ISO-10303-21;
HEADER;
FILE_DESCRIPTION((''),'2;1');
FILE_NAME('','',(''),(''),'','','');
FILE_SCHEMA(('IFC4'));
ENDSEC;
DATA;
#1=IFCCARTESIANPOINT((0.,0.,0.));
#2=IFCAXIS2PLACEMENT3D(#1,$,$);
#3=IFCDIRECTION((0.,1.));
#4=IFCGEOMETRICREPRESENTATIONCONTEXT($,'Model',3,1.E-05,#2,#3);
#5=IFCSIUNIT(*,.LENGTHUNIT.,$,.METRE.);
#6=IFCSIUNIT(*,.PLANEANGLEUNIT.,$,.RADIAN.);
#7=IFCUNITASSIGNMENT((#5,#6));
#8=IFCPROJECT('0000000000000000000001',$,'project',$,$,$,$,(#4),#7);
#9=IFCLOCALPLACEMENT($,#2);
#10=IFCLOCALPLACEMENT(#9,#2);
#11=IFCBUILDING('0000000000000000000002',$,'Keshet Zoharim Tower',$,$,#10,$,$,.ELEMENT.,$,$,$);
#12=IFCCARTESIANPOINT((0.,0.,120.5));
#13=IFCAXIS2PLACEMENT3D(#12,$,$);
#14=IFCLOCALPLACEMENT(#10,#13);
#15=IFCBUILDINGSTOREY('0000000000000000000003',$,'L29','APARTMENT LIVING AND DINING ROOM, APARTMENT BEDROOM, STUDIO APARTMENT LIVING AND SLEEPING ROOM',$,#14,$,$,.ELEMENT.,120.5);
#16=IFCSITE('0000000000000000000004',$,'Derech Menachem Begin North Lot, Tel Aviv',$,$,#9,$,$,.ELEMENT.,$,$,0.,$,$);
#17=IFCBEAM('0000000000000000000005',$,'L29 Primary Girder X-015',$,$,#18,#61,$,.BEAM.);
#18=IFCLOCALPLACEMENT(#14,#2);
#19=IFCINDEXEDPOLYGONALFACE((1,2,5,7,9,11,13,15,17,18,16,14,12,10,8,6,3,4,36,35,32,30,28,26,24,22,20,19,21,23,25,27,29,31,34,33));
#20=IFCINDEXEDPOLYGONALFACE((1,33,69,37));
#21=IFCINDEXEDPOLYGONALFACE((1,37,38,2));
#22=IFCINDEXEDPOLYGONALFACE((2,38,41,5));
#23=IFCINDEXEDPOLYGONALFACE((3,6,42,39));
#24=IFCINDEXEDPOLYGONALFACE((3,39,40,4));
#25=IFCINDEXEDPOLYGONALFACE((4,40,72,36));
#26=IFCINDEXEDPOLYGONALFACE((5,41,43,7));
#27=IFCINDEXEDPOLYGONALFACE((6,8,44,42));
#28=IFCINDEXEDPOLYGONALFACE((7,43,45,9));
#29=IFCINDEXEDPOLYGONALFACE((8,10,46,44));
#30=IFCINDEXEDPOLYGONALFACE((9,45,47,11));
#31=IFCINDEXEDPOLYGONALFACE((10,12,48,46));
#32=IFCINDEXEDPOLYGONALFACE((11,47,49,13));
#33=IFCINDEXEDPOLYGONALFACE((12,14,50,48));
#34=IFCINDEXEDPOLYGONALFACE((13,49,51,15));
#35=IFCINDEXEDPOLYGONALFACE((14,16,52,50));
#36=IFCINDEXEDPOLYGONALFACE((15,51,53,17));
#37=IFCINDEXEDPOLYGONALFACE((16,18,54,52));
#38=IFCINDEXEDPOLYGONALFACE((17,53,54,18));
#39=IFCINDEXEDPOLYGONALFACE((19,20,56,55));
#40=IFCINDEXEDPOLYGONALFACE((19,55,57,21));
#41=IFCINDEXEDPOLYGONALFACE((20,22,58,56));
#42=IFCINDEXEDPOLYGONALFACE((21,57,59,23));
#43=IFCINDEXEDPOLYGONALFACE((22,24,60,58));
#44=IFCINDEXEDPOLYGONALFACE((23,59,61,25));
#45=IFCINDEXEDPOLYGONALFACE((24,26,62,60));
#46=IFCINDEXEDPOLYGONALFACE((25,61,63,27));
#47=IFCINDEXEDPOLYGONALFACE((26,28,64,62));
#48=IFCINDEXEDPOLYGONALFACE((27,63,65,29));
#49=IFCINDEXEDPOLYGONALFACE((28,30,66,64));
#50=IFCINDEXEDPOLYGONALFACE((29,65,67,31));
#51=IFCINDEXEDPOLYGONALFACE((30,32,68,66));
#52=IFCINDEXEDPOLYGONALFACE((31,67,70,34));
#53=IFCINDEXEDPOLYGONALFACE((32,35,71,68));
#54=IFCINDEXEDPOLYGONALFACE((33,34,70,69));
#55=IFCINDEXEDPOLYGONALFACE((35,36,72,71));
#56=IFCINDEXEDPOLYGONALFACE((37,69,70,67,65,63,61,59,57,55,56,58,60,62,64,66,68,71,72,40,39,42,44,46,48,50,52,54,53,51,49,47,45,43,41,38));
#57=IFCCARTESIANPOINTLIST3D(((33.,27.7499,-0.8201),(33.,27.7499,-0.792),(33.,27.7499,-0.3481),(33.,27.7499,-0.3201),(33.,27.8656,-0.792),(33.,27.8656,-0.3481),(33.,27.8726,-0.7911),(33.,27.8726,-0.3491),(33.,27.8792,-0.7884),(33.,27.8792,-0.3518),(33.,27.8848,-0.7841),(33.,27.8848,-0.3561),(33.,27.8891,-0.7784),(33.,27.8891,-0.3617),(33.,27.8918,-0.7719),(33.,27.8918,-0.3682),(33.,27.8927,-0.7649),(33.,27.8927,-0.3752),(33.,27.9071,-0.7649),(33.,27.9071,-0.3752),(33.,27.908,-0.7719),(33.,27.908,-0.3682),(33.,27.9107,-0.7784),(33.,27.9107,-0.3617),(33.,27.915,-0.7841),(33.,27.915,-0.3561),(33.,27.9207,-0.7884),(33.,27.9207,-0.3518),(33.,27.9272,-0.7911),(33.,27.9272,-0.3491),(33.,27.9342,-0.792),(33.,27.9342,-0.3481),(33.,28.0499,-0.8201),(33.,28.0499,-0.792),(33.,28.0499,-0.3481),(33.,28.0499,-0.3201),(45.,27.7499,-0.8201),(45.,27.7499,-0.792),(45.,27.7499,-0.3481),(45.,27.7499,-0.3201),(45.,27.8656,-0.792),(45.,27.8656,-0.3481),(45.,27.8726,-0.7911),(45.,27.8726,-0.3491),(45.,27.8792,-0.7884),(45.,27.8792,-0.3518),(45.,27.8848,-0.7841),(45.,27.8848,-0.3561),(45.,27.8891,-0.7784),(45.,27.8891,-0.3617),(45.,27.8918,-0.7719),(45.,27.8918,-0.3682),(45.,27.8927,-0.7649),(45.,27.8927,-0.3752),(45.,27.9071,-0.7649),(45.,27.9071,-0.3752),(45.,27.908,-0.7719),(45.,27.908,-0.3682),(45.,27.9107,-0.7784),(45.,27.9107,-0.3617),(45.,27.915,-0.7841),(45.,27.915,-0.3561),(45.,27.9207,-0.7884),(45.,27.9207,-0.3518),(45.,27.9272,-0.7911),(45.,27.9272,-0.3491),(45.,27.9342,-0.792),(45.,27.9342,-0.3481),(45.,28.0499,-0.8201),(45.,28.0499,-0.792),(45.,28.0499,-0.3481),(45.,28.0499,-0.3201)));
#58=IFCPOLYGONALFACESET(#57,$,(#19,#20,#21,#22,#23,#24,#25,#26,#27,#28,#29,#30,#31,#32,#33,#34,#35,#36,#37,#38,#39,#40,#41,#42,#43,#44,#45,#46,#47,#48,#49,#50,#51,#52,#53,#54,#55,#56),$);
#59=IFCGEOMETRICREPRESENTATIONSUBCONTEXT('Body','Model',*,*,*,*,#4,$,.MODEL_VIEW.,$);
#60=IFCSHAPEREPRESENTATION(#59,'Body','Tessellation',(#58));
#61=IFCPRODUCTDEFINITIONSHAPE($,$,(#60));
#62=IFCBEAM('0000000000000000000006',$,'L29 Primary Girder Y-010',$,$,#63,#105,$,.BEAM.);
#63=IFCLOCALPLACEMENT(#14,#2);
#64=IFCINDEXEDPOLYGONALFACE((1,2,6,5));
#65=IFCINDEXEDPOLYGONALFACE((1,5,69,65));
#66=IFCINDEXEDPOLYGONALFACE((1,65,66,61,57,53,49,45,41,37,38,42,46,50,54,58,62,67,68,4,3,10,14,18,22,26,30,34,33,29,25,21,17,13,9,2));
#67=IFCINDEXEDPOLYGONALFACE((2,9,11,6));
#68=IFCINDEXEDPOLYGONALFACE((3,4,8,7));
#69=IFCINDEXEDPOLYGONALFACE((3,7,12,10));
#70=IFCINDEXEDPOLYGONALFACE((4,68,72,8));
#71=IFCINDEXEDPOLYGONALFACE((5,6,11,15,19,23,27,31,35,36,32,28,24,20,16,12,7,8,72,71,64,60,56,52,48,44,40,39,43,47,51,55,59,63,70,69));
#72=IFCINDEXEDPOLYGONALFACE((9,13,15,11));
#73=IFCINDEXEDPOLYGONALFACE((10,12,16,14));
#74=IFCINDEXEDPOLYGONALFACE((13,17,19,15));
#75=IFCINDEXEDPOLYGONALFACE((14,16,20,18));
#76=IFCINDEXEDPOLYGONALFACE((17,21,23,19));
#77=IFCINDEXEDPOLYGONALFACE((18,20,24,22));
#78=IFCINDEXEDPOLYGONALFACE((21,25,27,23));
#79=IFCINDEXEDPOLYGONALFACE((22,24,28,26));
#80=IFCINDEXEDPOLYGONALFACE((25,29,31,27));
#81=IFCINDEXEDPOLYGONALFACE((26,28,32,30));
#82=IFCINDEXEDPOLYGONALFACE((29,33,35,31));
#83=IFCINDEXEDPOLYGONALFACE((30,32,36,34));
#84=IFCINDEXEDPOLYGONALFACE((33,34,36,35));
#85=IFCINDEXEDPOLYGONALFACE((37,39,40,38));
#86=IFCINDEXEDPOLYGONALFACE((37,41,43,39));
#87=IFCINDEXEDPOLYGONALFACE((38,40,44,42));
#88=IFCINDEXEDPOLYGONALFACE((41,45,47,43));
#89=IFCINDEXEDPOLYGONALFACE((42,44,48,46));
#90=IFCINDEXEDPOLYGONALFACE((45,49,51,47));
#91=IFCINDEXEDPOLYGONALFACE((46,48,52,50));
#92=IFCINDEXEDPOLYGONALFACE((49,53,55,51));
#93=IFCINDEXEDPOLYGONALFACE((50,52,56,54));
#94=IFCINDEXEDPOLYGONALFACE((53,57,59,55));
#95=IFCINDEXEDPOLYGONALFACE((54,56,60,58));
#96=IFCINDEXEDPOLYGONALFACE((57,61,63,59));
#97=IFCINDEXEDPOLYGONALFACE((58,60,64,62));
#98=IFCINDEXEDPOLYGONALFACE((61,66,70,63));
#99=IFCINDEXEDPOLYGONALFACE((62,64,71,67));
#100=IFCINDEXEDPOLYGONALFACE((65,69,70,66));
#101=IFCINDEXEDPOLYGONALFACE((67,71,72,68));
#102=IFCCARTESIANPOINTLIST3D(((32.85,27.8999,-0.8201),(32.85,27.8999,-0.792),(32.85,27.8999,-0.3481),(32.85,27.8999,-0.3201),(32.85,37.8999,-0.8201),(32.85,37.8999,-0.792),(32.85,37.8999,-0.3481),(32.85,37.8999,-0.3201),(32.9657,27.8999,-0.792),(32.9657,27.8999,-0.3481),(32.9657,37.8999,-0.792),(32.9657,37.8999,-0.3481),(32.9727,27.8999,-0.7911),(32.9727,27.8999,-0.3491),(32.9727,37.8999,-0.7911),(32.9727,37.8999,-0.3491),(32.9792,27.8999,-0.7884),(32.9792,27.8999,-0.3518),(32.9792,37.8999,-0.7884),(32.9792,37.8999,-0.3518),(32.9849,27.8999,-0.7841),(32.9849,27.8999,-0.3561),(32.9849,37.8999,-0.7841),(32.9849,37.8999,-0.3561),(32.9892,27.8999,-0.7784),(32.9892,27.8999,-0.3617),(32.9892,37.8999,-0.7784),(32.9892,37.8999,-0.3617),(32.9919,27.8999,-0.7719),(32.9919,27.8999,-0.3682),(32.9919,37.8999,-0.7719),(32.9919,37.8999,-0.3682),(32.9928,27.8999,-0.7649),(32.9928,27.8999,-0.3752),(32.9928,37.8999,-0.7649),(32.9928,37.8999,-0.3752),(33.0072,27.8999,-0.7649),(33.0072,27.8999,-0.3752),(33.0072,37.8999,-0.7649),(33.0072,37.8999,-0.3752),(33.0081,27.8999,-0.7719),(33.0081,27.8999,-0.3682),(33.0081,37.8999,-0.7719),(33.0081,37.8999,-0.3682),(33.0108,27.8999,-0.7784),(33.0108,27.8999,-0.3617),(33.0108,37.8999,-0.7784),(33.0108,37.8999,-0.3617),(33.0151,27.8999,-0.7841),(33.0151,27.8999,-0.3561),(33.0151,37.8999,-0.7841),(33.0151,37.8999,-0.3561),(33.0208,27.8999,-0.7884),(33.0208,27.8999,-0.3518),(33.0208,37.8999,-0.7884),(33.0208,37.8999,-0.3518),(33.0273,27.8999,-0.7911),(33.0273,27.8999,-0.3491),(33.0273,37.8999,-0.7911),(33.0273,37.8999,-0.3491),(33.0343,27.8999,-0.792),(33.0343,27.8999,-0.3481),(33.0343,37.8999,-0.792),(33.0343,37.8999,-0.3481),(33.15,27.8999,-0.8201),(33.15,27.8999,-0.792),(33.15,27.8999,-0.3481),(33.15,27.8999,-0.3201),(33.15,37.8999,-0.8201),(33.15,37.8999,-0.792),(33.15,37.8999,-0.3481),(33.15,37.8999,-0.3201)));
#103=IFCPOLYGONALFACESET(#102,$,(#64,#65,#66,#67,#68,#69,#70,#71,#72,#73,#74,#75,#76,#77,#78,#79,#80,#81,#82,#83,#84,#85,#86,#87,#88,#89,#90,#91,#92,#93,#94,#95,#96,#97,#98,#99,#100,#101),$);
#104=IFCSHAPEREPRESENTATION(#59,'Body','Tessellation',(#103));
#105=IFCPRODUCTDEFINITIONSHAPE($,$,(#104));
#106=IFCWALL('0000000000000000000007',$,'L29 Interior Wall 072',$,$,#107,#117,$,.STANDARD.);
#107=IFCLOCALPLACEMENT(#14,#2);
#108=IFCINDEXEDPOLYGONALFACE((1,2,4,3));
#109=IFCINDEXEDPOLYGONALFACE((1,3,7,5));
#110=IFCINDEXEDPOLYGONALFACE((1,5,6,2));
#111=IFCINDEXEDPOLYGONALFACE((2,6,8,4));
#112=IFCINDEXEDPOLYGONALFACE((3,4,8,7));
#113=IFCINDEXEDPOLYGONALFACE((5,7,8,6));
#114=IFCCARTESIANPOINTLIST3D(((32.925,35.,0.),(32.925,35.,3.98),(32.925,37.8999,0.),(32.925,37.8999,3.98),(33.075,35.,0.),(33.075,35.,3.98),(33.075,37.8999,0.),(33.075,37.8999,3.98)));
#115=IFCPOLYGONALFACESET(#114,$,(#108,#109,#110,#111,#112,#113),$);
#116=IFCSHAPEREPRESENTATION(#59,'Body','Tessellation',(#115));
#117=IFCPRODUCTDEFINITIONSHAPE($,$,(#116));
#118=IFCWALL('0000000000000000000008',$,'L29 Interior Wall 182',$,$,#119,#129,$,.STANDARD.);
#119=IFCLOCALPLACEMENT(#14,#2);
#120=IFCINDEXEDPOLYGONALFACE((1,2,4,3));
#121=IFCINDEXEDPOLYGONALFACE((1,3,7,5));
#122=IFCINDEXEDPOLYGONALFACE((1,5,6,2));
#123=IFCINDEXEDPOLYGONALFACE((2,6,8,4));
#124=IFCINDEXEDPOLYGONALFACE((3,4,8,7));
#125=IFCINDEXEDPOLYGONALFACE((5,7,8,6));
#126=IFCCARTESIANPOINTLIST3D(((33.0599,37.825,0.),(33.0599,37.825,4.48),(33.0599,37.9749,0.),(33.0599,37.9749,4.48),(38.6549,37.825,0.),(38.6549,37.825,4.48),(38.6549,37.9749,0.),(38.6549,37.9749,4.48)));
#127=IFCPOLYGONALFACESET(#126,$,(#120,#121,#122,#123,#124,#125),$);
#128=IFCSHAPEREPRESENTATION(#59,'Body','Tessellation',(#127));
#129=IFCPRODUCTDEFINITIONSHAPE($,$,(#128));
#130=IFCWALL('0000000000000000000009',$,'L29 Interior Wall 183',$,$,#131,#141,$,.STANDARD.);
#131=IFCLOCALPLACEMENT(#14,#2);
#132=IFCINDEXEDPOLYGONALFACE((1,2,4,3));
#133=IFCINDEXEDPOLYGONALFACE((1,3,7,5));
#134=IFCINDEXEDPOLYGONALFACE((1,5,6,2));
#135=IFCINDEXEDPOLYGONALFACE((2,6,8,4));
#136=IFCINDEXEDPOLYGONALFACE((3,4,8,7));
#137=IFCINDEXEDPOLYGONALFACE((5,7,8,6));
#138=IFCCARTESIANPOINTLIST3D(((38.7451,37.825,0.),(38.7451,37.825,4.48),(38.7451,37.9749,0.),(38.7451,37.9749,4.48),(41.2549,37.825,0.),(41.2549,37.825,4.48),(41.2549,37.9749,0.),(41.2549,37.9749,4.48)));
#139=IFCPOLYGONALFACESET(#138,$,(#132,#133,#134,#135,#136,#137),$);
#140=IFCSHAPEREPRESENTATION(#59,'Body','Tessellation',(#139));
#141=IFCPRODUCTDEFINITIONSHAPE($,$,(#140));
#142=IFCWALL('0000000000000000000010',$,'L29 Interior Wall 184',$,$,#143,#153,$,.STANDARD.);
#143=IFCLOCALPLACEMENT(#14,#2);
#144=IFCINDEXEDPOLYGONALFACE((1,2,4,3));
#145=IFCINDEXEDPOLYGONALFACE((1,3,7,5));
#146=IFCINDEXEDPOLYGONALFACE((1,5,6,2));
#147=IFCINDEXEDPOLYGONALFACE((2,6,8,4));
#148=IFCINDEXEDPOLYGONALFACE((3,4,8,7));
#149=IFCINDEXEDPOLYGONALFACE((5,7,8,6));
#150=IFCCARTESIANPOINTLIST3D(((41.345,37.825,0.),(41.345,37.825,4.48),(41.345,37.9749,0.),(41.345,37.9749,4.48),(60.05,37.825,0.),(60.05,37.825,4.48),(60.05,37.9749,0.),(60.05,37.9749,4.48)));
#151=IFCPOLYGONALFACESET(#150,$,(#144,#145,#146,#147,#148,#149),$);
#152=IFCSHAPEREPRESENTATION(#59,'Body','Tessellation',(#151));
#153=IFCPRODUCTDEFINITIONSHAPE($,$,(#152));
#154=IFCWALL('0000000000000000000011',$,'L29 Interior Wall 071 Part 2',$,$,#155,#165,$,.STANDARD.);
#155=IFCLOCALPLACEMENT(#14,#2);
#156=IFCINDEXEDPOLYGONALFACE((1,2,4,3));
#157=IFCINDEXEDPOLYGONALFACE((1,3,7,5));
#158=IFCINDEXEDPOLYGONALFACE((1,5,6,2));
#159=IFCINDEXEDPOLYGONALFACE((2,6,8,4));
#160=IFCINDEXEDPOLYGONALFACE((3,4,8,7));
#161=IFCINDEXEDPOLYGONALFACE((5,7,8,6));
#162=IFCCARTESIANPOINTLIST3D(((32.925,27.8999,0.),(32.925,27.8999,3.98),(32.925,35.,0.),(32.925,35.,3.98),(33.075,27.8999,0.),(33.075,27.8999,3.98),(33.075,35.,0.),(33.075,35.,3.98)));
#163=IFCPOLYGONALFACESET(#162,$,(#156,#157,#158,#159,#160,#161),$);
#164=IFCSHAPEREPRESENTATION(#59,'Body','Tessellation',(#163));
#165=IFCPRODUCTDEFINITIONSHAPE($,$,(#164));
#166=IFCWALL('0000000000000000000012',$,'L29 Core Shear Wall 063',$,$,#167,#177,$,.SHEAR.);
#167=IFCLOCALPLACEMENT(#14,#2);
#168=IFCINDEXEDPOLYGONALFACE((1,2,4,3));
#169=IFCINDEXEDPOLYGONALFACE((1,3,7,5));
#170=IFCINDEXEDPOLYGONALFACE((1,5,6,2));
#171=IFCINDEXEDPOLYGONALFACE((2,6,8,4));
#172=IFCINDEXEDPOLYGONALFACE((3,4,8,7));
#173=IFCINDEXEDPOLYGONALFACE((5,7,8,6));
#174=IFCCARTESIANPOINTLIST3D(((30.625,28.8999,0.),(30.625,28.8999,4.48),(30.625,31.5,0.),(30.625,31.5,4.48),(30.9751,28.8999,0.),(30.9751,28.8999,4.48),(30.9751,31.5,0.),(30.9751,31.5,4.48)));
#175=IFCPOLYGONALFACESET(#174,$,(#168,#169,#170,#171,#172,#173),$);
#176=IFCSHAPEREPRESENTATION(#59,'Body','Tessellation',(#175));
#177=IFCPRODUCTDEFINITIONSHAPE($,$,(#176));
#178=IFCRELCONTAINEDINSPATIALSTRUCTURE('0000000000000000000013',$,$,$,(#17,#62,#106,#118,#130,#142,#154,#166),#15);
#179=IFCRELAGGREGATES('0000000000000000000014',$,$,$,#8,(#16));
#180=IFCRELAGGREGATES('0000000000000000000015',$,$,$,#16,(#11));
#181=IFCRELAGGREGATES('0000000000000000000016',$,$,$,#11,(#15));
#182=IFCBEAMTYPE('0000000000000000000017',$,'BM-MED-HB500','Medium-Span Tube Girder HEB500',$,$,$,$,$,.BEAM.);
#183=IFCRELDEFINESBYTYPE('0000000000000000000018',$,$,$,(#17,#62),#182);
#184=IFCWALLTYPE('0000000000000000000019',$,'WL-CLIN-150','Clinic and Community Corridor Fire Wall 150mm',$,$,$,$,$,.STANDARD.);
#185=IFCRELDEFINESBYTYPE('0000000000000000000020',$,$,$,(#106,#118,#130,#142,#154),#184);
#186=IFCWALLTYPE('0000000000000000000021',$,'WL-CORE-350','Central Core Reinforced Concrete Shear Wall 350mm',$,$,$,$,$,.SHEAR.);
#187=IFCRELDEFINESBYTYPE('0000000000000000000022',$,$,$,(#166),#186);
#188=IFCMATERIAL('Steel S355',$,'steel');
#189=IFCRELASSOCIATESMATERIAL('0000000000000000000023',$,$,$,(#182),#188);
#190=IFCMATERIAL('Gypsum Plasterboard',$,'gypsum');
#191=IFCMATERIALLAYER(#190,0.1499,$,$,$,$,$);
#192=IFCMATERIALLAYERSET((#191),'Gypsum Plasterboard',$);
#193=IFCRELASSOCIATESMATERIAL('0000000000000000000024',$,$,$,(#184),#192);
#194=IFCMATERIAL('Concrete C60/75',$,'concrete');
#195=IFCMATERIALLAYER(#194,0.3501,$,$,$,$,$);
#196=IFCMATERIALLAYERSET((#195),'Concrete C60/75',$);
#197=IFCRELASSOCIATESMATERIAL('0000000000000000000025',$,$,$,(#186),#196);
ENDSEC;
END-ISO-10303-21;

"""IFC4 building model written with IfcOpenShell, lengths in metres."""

from ifc_helpers import new_model, si_unit, direction, frame, frame_2d, origin, origin_2d, place, context, subcontext, project, spatial, rectangle, i_section, extrude, material, layer, layer_set, material_profile, profile_set, type_object, element, save


model = new_model("IFC4")

# Units and contexts
model_context = context("Model", 3, precision=1e-05, world=origin(), true_north=direction((0.0, 1.0)))
body_context = subcontext(model_context, "Body", "Model", "MODEL_VIEW")
ifc_project = project(units=[si_unit("LENGTHUNIT", "METRE"), si_unit("PLANEANGLEUNIT", "RADIAN")], contexts=[model_context])

# Site, building, storey
site_placement = place(None, origin())
site = spatial("IfcSite", under=ifc_project, at=site_placement, Name="Derech Menachem Begin North Lot, Tel Aviv", CompositionType="ELEMENT", RefElevation=0.0)
building_placement = place(site_placement, origin())
building = spatial("IfcBuilding", under=site, at=building_placement, Name="Keshet Zoharim Tower", CompositionType="ELEMENT")
storey_placement = place(building_placement, frame((0.0, 0.0, 120.5)))
storey = spatial("IfcBuildingStorey", under=building, at=storey_placement, Name="L29", Description="APARTMENT LIVING AND DINING ROOM, APARTMENT BEDROOM, STUDIO APARTMENT LIVING AND SLEEPING ROOM", CompositionType="ELEMENT", Elevation=120.5)

# Shared definitions
ifc_material_1 = material(Name="Concrete C60/75", Category="concrete")

# Beams
ifc_material_2 = material(Name="Steel S355", Category="steel")
ifc_material_profile_1 = material_profile(ifc_material_2, i_section(OverallWidth=0.3, OverallDepth=0.5, WebThickness=0.0144, FlangeThickness=0.0281, FilletRadius=0.0271, at=origin_2d()), Name="HEB500")
ifc_profile_set_1 = profile_set([ifc_material_profile_1], Name="Steel S355")
beam_type_1 = type_object("IfcBeamType", Name="BM-MED-HB500", Description="Medium-Span Tube Girder HEB500", PredefinedType="BEAM", material=ifc_profile_set_1)
beam_1_placement = place(storey_placement, frame((33.0, 27.8999, -0.5701), z_axis=(1.0, 0.0, 0.0), x_axis=(0.0, 1.0, 0.0)))
element("IfcBeam", 1, at=beam_1_placement, inside=storey, type_object=beam_type_1, Name="L29 Primary Girder X-015", PredefinedType="BEAM", context=body_context, shape_type="SweptSolid", body=[
    extrude(i_section(OverallWidth=0.3, OverallDepth=0.5, WebThickness=0.0144, FlangeThickness=0.0281, FilletRadius=0.0271, at=origin_2d()), origin(), (0.0, 0.0, 1.0), 12.0),
])
beam_2_placement = place(storey_placement, frame((33.0, 27.8999, -0.5701), z_axis=(0.0, 1.0, 0.0), x_axis=(-1.0, 0.0, 0.0)))
element("IfcBeam", 2, at=beam_2_placement, inside=storey, type_object=beam_type_1, Name="L29 Primary Girder Y-010", PredefinedType="BEAM", context=body_context, shape_type="SweptSolid", body=[
    extrude(i_section(OverallWidth=0.3, OverallDepth=0.5, WebThickness=0.0144, FlangeThickness=0.0281, FilletRadius=0.0271, at=origin_2d()), origin(), (0.0, 0.0, 1.0), 10.0),
])

# Walls
ifc_material_3 = material(Name="Gypsum Plasterboard", Category="gypsum")
ifc_layer_1 = layer(ifc_material_3, 0.1499)
ifc_layer_set_1 = layer_set([ifc_layer_1], Name="Gypsum Plasterboard")
wall_type_1 = type_object("IfcWallType", Name="WL-CLIN-150", Description="Clinic and Community Corridor Fire Wall 150mm", PredefinedType="STANDARD", material=ifc_layer_set_1)
wall_1_placement = place(storey_placement, frame((33.0, 35.0, 0.0), z_axis=(0.0, 0.0, 1.0), x_axis=(0.0, 1.0, 0.0)))
element("IfcWall", 3, at=wall_1_placement, inside=storey, type_object=wall_type_1, Name="L29 Interior Wall 072", PredefinedType="STANDARD", context=body_context, shape_type="SweptSolid", body=[
    extrude(rectangle(XDim=2.8999, YDim=0.1499, at=frame_2d((1.45, 0.0))), origin(), (0.0, 0.0, 1.0), 3.98),
])
wall_2_placement = place(storey_placement, frame((33.0601, 37.8999, 0.0), z_axis=(0.0, 0.0, 1.0), x_axis=(1.0, 0.0, 0.0)))
element("IfcWall", 4, at=wall_2_placement, inside=storey, type_object=wall_type_1, Name="L29 Interior Wall 182", PredefinedType="STANDARD", context=body_context, shape_type="SweptSolid", body=[
    extrude(rectangle(XDim=5.595, YDim=0.1499, at=frame_2d((2.7974, 0.0))), origin(), (0.0, 0.0, 1.0), 4.48),
])
wall_3_placement = place(storey_placement, frame((38.7451, 37.8999, 0.0), z_axis=(0.0, 0.0, 1.0), x_axis=(1.0, 0.0, 0.0)))
element("IfcWall", 5, at=wall_3_placement, inside=storey, type_object=wall_type_1, Name="L29 Interior Wall 183", PredefinedType="STANDARD", context=body_context, shape_type="SweptSolid", body=[
    extrude(rectangle(XDim=2.5098, YDim=0.1499, at=frame_2d((1.2549, 0.0))), origin(), (0.0, 0.0, 1.0), 4.48),
])
wall_4_placement = place(storey_placement, frame((41.345, 37.8999, 0.0), z_axis=(0.0, 0.0, 1.0), x_axis=(1.0, 0.0, 0.0)))
element("IfcWall", 6, at=wall_4_placement, inside=storey, type_object=wall_type_1, Name="L29 Interior Wall 184", PredefinedType="STANDARD", context=body_context, shape_type="SweptSolid", body=[
    extrude(rectangle(XDim=18.7051, YDim=0.1499, at=frame_2d((9.3525, 0.0))), origin(), (0.0, 0.0, 1.0), 4.48),
])
wall_5_placement = place(storey_placement, frame((33.0, 27.8999, 0.0), z_axis=(0.0, 0.0, 1.0), x_axis=(0.0, 1.0, 0.0)))
element("IfcWall", 7, at=wall_5_placement, inside=storey, type_object=wall_type_1, Name="L29 Interior Wall 071 Part 2", PredefinedType="STANDARD", context=body_context, shape_type="SweptSolid", body=[
    extrude(rectangle(XDim=7.1001, YDim=0.1499, at=frame_2d((3.55, 0.0))), origin(), (0.0, 0.0, 1.0), 3.98),
])
ifc_layer_2 = layer(ifc_material_1, 0.3501)
ifc_layer_set_2 = layer_set([ifc_layer_2], Name="Concrete C60/75")
wall_type_2 = type_object("IfcWallType", Name="WL-CORE-350", Description="Central Core Reinforced Concrete Shear Wall 350mm", PredefinedType="SHEAR", material=ifc_layer_set_2)
wall_6_placement = place(storey_placement, frame((30.8, 28.8999, 0.0), z_axis=(0.0, 0.0, 1.0), x_axis=(0.0, 1.0, 0.0)))
element("IfcWall", 8, at=wall_6_placement, inside=storey, type_object=wall_type_2, Name="L29 Core Shear Wall 063", PredefinedType="SHEAR", context=body_context, shape_type="SweptSolid", body=[
    extrude(rectangle(XDim=2.6001, YDim=0.3501, at=frame_2d((1.3, 0.0))), origin(), (0.0, 0.0, 1.0), 4.48),
])

save(model, "model.ifc")
